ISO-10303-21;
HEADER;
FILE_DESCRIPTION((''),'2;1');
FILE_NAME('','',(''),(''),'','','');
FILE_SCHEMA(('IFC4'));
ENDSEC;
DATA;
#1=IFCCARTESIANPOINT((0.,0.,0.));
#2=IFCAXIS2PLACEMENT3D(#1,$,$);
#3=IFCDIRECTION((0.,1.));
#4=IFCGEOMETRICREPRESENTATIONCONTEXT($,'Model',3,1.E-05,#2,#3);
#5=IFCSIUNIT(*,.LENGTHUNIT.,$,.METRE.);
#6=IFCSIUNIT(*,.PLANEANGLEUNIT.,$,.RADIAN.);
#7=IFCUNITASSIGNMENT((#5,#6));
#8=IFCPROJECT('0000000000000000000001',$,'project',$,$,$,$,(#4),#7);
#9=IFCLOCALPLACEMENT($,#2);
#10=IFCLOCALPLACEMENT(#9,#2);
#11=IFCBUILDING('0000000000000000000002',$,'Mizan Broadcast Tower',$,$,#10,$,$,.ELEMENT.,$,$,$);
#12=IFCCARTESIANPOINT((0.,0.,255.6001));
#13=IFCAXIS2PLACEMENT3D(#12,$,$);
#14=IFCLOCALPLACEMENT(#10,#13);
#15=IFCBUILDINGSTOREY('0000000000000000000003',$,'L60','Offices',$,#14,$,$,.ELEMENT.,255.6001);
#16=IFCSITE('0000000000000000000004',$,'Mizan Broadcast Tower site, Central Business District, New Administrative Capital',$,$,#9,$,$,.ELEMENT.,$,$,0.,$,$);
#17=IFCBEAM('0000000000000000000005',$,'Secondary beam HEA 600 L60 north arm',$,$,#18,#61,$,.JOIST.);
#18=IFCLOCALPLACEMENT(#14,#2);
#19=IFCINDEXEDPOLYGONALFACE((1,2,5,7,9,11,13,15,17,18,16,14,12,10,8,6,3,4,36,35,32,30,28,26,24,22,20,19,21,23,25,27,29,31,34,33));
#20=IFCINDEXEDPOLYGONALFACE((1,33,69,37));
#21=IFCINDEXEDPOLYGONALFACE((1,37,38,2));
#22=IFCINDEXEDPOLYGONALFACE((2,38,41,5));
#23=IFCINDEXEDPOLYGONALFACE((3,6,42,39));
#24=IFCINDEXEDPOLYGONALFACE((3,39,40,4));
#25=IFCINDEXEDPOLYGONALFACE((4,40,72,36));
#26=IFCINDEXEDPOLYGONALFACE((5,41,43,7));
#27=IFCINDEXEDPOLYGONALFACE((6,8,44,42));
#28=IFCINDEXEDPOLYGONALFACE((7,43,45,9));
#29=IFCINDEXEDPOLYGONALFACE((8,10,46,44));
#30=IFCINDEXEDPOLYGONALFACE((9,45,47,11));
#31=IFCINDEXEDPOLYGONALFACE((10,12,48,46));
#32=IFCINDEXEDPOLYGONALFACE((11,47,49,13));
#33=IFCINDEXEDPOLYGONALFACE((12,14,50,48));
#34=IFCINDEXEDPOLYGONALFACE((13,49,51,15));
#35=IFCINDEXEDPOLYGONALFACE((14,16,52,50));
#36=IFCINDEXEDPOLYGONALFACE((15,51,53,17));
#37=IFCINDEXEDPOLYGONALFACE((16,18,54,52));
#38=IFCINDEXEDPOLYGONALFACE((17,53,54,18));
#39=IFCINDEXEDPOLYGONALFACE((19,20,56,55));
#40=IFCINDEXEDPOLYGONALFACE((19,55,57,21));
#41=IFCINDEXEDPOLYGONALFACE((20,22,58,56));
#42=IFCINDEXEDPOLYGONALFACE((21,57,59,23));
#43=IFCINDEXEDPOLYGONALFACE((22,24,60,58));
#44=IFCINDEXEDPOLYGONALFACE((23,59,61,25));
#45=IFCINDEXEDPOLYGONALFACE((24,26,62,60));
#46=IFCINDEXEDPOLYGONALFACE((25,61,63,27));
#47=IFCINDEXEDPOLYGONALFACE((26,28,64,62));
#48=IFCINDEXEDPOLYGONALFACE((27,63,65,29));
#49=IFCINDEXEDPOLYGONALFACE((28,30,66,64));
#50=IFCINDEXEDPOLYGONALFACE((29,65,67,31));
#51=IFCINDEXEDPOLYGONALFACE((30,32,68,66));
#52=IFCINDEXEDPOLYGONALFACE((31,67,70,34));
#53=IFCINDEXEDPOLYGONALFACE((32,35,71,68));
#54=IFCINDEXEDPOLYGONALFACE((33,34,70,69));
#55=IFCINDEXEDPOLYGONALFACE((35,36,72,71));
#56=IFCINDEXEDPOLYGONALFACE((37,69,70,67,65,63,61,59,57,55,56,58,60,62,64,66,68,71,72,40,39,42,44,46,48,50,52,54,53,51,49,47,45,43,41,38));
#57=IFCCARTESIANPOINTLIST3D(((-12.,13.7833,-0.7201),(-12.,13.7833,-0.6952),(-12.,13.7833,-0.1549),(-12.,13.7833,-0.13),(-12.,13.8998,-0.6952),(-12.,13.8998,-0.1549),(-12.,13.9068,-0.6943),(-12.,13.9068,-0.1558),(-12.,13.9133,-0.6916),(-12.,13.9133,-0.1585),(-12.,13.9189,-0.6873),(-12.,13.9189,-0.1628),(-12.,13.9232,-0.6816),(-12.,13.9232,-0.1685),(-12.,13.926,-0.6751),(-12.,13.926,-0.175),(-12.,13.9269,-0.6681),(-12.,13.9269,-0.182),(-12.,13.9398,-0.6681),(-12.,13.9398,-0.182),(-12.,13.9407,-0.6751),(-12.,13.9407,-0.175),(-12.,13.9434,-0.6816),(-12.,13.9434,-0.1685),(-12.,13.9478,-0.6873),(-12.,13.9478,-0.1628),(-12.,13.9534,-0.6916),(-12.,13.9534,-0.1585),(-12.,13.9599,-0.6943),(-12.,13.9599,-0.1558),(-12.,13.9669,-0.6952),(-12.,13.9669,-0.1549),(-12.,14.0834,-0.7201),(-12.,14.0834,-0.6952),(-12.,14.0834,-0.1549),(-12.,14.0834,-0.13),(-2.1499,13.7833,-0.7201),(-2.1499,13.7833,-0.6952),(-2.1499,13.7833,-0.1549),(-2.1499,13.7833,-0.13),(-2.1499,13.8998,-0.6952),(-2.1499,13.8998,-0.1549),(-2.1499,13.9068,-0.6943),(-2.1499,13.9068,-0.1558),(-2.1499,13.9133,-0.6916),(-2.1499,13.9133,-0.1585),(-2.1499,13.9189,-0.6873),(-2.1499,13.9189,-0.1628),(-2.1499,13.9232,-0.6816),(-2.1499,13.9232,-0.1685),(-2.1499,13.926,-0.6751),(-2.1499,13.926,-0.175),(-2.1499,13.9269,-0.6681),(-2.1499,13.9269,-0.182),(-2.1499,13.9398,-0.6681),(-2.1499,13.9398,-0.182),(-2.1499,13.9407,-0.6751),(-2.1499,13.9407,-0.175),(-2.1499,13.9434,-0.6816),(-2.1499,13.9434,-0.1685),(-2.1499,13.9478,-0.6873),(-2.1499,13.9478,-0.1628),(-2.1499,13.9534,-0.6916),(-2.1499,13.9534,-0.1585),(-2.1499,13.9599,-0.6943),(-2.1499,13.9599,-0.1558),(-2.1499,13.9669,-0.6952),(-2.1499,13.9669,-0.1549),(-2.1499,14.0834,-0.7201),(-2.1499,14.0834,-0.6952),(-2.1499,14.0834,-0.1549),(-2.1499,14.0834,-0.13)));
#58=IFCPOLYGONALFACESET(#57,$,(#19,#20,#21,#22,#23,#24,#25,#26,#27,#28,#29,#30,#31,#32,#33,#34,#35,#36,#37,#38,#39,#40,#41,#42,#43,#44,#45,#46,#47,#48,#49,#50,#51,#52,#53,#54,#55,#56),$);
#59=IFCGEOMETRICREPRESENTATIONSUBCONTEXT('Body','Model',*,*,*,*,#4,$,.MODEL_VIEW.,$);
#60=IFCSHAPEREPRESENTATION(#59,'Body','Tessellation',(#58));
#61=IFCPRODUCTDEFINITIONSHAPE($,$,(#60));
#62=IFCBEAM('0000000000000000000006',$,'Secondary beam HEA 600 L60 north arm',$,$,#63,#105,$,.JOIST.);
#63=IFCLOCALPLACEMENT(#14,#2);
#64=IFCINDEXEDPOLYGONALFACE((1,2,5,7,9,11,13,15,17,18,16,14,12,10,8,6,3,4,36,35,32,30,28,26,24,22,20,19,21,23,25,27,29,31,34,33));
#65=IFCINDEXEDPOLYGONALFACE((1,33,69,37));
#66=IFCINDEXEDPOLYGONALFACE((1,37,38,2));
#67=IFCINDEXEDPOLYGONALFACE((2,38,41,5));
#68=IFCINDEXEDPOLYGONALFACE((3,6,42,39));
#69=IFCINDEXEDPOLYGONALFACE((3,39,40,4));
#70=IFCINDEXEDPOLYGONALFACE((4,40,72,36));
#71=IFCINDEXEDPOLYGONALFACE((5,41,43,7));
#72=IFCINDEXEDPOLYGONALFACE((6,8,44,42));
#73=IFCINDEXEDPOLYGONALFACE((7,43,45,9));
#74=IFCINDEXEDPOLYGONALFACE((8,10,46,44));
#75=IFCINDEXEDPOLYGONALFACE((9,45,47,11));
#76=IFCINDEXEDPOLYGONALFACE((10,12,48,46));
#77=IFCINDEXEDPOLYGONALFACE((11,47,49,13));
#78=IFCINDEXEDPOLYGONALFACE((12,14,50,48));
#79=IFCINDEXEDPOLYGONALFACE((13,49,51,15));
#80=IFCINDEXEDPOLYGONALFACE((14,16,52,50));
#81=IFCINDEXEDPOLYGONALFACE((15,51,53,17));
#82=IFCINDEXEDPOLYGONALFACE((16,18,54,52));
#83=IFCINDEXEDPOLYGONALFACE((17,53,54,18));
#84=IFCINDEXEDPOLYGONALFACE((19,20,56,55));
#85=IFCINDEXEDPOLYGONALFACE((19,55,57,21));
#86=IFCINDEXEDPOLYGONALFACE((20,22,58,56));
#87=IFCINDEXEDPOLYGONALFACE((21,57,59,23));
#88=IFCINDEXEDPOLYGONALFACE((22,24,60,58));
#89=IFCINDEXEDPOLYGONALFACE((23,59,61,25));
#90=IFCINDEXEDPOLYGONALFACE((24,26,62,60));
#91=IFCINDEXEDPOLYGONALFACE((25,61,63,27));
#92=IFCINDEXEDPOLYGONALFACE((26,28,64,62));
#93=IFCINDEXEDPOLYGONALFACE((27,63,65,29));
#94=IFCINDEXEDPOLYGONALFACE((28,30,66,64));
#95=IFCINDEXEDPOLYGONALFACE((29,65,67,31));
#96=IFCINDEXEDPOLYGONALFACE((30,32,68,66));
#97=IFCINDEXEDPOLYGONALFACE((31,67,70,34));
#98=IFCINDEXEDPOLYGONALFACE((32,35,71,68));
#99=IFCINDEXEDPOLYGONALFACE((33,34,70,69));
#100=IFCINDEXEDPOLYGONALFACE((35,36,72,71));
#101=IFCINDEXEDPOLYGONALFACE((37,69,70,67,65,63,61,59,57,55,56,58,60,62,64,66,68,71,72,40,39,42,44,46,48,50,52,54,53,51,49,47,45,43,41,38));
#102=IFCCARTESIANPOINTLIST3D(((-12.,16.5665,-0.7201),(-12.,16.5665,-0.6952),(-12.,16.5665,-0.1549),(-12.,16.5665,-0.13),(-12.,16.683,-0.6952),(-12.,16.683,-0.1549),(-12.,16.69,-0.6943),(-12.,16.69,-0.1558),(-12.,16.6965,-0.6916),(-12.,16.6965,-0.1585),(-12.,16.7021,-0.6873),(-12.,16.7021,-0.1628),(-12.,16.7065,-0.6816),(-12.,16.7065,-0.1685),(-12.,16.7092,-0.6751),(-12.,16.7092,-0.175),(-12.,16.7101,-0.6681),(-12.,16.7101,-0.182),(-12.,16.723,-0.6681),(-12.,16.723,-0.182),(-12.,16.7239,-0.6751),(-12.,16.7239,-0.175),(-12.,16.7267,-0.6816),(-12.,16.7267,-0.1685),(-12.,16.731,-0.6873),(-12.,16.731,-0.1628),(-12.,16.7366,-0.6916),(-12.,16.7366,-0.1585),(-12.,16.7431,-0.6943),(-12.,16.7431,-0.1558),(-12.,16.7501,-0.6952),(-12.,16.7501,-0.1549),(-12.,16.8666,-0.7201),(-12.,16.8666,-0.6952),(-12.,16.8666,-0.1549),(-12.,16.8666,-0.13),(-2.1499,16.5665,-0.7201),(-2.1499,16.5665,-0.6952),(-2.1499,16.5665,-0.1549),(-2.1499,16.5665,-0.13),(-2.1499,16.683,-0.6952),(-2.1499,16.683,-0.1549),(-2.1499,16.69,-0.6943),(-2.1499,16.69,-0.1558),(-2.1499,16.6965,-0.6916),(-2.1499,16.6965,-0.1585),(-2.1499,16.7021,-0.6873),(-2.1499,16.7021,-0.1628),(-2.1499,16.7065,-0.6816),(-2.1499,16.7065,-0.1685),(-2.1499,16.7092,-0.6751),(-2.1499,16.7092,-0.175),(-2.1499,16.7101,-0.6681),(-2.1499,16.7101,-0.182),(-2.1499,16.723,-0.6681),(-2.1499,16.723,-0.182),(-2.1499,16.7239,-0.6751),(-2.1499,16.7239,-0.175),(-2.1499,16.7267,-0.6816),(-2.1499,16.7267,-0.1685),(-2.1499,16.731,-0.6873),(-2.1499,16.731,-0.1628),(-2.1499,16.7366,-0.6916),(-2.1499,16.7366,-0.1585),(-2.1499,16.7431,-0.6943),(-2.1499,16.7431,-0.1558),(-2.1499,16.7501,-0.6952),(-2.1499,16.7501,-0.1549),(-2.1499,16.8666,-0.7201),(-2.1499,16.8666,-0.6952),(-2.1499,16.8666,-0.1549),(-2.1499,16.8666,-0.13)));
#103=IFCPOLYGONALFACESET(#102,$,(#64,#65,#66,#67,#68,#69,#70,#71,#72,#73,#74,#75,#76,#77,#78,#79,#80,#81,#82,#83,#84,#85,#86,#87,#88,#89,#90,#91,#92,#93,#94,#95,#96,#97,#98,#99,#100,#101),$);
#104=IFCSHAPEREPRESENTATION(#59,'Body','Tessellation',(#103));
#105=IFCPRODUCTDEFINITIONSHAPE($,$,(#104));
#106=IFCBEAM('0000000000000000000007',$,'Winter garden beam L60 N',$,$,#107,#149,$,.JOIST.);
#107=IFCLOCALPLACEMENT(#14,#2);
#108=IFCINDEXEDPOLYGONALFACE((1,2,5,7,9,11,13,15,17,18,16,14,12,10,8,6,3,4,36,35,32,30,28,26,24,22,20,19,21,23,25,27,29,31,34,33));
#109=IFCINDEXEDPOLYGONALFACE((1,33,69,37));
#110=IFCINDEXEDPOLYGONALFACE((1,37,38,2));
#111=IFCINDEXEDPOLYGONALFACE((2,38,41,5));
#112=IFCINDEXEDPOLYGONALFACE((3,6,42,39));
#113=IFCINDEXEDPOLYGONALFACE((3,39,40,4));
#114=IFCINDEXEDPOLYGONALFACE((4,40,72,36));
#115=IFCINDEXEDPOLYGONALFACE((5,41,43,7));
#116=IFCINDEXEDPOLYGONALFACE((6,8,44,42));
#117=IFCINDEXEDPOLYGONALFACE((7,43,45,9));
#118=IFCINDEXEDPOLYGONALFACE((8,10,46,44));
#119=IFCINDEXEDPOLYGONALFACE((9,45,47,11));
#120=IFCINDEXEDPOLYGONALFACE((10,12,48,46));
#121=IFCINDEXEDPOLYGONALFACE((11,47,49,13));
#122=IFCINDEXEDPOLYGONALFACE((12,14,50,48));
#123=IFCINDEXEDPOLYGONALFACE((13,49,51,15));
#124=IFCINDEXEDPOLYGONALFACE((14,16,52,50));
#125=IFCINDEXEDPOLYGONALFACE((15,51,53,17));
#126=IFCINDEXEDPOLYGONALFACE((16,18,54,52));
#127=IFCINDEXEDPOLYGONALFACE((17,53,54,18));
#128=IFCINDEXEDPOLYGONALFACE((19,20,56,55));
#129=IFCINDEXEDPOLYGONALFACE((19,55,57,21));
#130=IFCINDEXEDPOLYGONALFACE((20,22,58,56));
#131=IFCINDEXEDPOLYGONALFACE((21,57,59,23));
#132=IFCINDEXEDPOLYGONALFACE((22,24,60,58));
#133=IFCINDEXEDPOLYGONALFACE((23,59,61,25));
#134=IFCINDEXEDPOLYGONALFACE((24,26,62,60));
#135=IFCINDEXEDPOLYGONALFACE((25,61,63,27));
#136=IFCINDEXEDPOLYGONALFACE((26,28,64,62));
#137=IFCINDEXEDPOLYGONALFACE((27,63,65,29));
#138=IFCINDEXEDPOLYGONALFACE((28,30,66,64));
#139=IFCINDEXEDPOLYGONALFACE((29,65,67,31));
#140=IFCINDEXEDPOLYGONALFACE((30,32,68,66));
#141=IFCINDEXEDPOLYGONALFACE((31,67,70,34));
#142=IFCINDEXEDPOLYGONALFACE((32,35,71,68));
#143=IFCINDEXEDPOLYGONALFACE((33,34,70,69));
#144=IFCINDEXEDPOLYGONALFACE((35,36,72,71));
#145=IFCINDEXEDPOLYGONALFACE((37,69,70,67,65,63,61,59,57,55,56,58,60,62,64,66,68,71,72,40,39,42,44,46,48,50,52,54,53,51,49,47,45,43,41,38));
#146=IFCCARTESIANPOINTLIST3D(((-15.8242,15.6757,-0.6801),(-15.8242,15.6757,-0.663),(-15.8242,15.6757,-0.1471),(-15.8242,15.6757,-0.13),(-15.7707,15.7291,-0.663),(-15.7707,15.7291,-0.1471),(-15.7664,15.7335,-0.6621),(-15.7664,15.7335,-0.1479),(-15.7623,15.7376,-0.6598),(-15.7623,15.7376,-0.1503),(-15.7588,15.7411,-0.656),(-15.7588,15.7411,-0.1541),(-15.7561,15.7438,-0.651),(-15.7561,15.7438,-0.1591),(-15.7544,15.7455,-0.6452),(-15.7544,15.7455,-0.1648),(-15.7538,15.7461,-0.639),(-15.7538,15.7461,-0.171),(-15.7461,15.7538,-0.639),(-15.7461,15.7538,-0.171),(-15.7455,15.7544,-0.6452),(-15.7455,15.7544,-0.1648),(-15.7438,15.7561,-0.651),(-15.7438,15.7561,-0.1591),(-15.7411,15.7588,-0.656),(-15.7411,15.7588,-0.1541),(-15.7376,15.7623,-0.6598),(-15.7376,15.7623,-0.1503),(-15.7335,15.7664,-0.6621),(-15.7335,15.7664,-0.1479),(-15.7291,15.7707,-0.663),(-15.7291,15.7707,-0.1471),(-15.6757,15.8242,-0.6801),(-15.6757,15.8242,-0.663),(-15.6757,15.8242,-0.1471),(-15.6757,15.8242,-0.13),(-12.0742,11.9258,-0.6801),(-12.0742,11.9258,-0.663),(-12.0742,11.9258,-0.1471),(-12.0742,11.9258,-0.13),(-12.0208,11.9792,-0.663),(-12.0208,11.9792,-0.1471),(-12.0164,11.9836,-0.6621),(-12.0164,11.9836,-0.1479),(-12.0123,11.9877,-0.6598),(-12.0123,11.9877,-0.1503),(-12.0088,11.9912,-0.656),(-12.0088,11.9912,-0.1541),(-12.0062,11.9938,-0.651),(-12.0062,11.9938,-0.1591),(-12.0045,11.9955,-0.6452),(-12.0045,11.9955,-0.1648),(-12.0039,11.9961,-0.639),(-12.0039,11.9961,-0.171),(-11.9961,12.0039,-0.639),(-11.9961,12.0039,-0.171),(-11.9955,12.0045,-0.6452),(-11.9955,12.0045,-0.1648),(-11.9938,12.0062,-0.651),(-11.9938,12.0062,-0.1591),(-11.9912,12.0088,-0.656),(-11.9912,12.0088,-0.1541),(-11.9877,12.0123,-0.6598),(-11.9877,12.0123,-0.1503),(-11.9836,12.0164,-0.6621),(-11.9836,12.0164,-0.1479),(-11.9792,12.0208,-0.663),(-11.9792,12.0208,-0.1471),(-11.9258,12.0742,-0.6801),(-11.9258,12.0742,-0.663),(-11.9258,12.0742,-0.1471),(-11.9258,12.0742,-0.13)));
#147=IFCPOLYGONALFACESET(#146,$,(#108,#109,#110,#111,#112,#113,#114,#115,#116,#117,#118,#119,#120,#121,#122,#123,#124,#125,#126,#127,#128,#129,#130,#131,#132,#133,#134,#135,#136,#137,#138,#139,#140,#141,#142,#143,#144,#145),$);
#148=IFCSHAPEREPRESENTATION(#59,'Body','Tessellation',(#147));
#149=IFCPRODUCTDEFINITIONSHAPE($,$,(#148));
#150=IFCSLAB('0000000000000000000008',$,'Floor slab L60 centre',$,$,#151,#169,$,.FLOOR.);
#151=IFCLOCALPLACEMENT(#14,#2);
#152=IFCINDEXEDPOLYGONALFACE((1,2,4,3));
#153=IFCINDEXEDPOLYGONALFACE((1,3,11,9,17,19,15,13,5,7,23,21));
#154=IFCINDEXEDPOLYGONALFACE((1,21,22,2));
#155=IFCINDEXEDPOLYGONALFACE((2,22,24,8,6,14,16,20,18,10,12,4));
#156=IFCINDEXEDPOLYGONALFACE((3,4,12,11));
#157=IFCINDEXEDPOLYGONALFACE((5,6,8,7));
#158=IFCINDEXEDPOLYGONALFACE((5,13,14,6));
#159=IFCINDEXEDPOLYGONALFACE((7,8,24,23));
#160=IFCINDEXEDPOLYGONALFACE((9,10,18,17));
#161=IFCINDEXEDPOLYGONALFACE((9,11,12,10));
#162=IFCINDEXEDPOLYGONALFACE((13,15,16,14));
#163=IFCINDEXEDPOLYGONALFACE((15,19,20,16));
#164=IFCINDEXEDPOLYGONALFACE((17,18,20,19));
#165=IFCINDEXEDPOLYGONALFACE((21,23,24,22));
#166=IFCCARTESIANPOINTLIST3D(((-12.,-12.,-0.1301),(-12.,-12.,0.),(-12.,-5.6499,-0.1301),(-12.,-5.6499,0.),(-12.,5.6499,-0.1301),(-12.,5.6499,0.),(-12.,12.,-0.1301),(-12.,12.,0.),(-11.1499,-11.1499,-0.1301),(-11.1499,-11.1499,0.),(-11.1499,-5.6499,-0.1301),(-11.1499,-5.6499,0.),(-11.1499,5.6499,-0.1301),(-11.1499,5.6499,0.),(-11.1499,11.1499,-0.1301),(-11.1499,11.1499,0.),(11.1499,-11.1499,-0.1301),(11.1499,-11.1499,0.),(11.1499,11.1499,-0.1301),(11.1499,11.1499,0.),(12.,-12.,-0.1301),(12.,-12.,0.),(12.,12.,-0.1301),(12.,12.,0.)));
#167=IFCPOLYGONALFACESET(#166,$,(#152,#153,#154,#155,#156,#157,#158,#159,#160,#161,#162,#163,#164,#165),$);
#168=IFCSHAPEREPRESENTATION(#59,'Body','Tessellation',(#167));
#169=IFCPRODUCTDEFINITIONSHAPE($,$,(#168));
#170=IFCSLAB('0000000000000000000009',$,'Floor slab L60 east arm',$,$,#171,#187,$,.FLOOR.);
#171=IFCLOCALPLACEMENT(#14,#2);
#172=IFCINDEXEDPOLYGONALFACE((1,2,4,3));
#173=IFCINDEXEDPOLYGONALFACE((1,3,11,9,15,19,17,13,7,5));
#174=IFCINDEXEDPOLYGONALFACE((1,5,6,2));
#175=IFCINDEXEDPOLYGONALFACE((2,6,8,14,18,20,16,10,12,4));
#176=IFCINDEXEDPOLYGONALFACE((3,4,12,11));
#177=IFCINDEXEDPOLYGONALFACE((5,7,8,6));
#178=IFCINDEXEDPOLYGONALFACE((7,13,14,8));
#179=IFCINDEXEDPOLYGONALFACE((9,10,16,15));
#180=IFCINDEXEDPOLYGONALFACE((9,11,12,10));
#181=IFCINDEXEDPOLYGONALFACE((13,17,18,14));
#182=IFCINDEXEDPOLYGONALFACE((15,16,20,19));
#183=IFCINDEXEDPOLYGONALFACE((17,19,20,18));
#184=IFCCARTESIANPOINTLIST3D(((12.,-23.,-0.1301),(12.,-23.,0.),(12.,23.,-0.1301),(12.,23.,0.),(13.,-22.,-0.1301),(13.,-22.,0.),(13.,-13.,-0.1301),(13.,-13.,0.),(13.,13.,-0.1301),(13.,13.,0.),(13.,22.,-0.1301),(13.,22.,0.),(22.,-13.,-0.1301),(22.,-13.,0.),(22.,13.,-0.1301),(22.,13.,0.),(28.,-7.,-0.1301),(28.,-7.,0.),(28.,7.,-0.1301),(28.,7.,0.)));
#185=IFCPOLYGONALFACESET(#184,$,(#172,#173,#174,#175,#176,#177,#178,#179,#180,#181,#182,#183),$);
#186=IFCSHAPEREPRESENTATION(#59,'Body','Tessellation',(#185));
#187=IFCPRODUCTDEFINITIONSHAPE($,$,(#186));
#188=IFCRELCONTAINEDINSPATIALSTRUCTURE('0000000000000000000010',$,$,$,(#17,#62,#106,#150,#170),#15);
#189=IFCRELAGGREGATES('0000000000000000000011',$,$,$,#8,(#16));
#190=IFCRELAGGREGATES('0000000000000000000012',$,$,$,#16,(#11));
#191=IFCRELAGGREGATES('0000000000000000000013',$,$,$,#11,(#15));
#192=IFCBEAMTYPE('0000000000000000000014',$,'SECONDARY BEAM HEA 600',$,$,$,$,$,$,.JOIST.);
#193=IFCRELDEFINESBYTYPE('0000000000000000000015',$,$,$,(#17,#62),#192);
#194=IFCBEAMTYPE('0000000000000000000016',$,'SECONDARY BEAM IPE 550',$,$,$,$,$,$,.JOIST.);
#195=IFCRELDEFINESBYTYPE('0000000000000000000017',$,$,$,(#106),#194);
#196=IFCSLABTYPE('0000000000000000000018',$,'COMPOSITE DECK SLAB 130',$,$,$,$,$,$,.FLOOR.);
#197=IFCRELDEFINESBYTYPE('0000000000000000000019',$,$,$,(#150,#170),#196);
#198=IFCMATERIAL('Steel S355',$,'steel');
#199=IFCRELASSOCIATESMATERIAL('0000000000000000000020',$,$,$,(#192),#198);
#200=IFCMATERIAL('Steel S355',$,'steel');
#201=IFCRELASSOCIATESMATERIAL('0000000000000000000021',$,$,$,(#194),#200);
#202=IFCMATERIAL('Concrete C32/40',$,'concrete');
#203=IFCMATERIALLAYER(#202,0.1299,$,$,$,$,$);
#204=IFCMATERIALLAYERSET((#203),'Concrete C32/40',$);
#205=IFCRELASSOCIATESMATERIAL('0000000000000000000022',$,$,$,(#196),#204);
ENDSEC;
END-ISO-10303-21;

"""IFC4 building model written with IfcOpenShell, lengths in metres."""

from ifc_helpers import new_model, si_unit, direction, frame, origin, origin_2d, place, context, subcontext, project, spatial, polyline, i_section, outline, extrude, material, layer, layer_set, material_profile, profile_set, type_object, element, save


model = new_model("IFC4")

# Units and contexts
model_context = context("Model", 3, precision=1e-05, world=origin(), true_north=direction((0.0, 1.0)))
body_context = subcontext(model_context, "Body", "Model", "MODEL_VIEW")
ifc_project = project(units=[si_unit("LENGTHUNIT", "METRE"), si_unit("PLANEANGLEUNIT", "RADIAN")], contexts=[model_context])

# Site, building, storey
site_placement = place(None, origin())
site = spatial("IfcSite", under=ifc_project, at=site_placement, Name="Mizan Broadcast Tower site, Central Business District, New Administrative Capital", CompositionType="ELEMENT", RefElevation=0.0)
building_placement = place(site_placement, origin())
building = spatial("IfcBuilding", under=site, at=building_placement, Name="Mizan Broadcast Tower", CompositionType="ELEMENT")
storey_placement = place(building_placement, frame((0.0, 0.0, 255.6001)))
storey = spatial("IfcBuildingStorey", under=building, at=storey_placement, Name="L60", Description="Offices", CompositionType="ELEMENT", Elevation=255.6001)

# Beams
ifc_material_1 = material(Name="Steel S355", Category="steel")
ifc_material_profile_1 = material_profile(ifc_material_1, i_section(OverallWidth=0.3, OverallDepth=0.5901, WebThickness=0.0129, FlangeThickness=0.0249, FilletRadius=0.0271, at=origin_2d()), Name="HEA 600")
ifc_profile_set_1 = profile_set([ifc_material_profile_1], Name="Steel S355")
beam_type_1 = type_object("IfcBeamType", Name="SECONDARY BEAM HEA 600", PredefinedType="JOIST", material=ifc_profile_set_1)
for number, where, z_axis, x_axis, name in (
    (1, (-12.0, 13.9333, -0.425), (1.0, 0.0, 0.0), (0.0, 1.0, 0.0), "Secondary beam HEA 600 L60 north arm"),
    (2, (-12.0, 16.7166, -0.425), (1.0, 0.0, 0.0), (0.0, 1.0, 0.0), "Secondary beam HEA 600 L60 north arm"),
):
    element("IfcBeam", number, at=place(storey_placement, frame(where, z_axis=z_axis, x_axis=x_axis)), inside=storey, type_object=beam_type_1, Name=name, PredefinedType="JOIST", context=body_context, shape_type="SweptSolid", body=[
        extrude(i_section(OverallWidth=0.3, OverallDepth=0.5901, WebThickness=0.0129, FlangeThickness=0.0249, FilletRadius=0.0271, at=origin_2d()), origin(), (0.0, 0.0, 1.0), 9.8501),
    ])
ifc_material_2 = material(Name="Steel S355", Category="steel")
ifc_material_profile_2 = material_profile(ifc_material_2, i_section(OverallWidth=0.21, OverallDepth=0.55, WebThickness=0.011, FlangeThickness=0.0171, FilletRadius=0.0239, at=origin_2d()), Name="IPE 550")
ifc_profile_set_2 = profile_set([ifc_material_profile_2], Name="Steel S355")
beam_type_2 = type_object("IfcBeamType", Name="SECONDARY BEAM IPE 550", PredefinedType="JOIST", material=ifc_profile_set_2)
beam_1_placement = place(storey_placement, frame((-12.0, 12.0, -0.405), z_axis=(-0.707107, 0.707107, 0.0), x_axis=(-0.707107, -0.707107, 0.0)))
element("IfcBeam", 3, at=beam_1_placement, inside=storey, type_object=beam_type_2, Name="Winter garden beam L60 N", PredefinedType="JOIST", context=body_context, shape_type="SweptSolid", body=[
    extrude(i_section(OverallWidth=0.21, OverallDepth=0.55, WebThickness=0.011, FlangeThickness=0.0171, FilletRadius=0.0239, at=origin_2d()), origin(), (0.0, 0.0, 1.0), 5.3032),
])

# Slabs
ifc_material_3 = material(Name="Concrete C32/40", Category="concrete")
ifc_layer_1 = layer(ifc_material_3, 0.1299)
ifc_layer_set_1 = layer_set([ifc_layer_1], Name="Concrete C32/40")
slab_type = type_object("IfcSlabType", Name="COMPOSITE DECK SLAB 130", PredefinedType="FLOOR", material=ifc_layer_set_1)
slab_1_placement = place(storey_placement, frame((0.0, 0.0, -0.1301)))
element("IfcSlab", 4, at=slab_1_placement, inside=storey, type_object=slab_type, Name="Floor slab L60 centre", PredefinedType="FLOOR", context=body_context, shape_type="SweptSolid", body=[
    extrude(outline(polyline([(-11.1499, -5.6499), (-12.0, -5.6499), (-12.0, -12.0), (12.0, -12.0), (12.0, 12.0), (-12.0, 12.0), (-12.0, 5.6499), (-11.1499, 5.6499), (-11.1499, 11.1499), (11.1499, 11.1499), (11.1499, -11.1499), (-11.1499, -11.1499), (-11.1499, -5.6499)])), origin(), (0.0, 0.0, 1.0), 0.1301),
])
slab_2_placement = place(storey_placement, frame((0.0, 0.0, -0.1301)))
element("IfcSlab", 5, at=slab_2_placement, inside=storey, type_object=slab_type, Name="Floor slab L60 east arm", PredefinedType="FLOOR", context=body_context, shape_type="SweptSolid", body=[
    extrude(outline(polyline([(13.0, 22.0), (12.0, 23.0), (12.0, -23.0), (13.0, -22.0), (13.0, -13.0), (22.0, -13.0), (28.0, -7.0), (28.0, 7.0), (22.0, 13.0), (13.0, 13.0), (13.0, 22.0)])), origin(), (0.0, 0.0, 1.0), 0.1301),
])

save(model, "model.ifc")
